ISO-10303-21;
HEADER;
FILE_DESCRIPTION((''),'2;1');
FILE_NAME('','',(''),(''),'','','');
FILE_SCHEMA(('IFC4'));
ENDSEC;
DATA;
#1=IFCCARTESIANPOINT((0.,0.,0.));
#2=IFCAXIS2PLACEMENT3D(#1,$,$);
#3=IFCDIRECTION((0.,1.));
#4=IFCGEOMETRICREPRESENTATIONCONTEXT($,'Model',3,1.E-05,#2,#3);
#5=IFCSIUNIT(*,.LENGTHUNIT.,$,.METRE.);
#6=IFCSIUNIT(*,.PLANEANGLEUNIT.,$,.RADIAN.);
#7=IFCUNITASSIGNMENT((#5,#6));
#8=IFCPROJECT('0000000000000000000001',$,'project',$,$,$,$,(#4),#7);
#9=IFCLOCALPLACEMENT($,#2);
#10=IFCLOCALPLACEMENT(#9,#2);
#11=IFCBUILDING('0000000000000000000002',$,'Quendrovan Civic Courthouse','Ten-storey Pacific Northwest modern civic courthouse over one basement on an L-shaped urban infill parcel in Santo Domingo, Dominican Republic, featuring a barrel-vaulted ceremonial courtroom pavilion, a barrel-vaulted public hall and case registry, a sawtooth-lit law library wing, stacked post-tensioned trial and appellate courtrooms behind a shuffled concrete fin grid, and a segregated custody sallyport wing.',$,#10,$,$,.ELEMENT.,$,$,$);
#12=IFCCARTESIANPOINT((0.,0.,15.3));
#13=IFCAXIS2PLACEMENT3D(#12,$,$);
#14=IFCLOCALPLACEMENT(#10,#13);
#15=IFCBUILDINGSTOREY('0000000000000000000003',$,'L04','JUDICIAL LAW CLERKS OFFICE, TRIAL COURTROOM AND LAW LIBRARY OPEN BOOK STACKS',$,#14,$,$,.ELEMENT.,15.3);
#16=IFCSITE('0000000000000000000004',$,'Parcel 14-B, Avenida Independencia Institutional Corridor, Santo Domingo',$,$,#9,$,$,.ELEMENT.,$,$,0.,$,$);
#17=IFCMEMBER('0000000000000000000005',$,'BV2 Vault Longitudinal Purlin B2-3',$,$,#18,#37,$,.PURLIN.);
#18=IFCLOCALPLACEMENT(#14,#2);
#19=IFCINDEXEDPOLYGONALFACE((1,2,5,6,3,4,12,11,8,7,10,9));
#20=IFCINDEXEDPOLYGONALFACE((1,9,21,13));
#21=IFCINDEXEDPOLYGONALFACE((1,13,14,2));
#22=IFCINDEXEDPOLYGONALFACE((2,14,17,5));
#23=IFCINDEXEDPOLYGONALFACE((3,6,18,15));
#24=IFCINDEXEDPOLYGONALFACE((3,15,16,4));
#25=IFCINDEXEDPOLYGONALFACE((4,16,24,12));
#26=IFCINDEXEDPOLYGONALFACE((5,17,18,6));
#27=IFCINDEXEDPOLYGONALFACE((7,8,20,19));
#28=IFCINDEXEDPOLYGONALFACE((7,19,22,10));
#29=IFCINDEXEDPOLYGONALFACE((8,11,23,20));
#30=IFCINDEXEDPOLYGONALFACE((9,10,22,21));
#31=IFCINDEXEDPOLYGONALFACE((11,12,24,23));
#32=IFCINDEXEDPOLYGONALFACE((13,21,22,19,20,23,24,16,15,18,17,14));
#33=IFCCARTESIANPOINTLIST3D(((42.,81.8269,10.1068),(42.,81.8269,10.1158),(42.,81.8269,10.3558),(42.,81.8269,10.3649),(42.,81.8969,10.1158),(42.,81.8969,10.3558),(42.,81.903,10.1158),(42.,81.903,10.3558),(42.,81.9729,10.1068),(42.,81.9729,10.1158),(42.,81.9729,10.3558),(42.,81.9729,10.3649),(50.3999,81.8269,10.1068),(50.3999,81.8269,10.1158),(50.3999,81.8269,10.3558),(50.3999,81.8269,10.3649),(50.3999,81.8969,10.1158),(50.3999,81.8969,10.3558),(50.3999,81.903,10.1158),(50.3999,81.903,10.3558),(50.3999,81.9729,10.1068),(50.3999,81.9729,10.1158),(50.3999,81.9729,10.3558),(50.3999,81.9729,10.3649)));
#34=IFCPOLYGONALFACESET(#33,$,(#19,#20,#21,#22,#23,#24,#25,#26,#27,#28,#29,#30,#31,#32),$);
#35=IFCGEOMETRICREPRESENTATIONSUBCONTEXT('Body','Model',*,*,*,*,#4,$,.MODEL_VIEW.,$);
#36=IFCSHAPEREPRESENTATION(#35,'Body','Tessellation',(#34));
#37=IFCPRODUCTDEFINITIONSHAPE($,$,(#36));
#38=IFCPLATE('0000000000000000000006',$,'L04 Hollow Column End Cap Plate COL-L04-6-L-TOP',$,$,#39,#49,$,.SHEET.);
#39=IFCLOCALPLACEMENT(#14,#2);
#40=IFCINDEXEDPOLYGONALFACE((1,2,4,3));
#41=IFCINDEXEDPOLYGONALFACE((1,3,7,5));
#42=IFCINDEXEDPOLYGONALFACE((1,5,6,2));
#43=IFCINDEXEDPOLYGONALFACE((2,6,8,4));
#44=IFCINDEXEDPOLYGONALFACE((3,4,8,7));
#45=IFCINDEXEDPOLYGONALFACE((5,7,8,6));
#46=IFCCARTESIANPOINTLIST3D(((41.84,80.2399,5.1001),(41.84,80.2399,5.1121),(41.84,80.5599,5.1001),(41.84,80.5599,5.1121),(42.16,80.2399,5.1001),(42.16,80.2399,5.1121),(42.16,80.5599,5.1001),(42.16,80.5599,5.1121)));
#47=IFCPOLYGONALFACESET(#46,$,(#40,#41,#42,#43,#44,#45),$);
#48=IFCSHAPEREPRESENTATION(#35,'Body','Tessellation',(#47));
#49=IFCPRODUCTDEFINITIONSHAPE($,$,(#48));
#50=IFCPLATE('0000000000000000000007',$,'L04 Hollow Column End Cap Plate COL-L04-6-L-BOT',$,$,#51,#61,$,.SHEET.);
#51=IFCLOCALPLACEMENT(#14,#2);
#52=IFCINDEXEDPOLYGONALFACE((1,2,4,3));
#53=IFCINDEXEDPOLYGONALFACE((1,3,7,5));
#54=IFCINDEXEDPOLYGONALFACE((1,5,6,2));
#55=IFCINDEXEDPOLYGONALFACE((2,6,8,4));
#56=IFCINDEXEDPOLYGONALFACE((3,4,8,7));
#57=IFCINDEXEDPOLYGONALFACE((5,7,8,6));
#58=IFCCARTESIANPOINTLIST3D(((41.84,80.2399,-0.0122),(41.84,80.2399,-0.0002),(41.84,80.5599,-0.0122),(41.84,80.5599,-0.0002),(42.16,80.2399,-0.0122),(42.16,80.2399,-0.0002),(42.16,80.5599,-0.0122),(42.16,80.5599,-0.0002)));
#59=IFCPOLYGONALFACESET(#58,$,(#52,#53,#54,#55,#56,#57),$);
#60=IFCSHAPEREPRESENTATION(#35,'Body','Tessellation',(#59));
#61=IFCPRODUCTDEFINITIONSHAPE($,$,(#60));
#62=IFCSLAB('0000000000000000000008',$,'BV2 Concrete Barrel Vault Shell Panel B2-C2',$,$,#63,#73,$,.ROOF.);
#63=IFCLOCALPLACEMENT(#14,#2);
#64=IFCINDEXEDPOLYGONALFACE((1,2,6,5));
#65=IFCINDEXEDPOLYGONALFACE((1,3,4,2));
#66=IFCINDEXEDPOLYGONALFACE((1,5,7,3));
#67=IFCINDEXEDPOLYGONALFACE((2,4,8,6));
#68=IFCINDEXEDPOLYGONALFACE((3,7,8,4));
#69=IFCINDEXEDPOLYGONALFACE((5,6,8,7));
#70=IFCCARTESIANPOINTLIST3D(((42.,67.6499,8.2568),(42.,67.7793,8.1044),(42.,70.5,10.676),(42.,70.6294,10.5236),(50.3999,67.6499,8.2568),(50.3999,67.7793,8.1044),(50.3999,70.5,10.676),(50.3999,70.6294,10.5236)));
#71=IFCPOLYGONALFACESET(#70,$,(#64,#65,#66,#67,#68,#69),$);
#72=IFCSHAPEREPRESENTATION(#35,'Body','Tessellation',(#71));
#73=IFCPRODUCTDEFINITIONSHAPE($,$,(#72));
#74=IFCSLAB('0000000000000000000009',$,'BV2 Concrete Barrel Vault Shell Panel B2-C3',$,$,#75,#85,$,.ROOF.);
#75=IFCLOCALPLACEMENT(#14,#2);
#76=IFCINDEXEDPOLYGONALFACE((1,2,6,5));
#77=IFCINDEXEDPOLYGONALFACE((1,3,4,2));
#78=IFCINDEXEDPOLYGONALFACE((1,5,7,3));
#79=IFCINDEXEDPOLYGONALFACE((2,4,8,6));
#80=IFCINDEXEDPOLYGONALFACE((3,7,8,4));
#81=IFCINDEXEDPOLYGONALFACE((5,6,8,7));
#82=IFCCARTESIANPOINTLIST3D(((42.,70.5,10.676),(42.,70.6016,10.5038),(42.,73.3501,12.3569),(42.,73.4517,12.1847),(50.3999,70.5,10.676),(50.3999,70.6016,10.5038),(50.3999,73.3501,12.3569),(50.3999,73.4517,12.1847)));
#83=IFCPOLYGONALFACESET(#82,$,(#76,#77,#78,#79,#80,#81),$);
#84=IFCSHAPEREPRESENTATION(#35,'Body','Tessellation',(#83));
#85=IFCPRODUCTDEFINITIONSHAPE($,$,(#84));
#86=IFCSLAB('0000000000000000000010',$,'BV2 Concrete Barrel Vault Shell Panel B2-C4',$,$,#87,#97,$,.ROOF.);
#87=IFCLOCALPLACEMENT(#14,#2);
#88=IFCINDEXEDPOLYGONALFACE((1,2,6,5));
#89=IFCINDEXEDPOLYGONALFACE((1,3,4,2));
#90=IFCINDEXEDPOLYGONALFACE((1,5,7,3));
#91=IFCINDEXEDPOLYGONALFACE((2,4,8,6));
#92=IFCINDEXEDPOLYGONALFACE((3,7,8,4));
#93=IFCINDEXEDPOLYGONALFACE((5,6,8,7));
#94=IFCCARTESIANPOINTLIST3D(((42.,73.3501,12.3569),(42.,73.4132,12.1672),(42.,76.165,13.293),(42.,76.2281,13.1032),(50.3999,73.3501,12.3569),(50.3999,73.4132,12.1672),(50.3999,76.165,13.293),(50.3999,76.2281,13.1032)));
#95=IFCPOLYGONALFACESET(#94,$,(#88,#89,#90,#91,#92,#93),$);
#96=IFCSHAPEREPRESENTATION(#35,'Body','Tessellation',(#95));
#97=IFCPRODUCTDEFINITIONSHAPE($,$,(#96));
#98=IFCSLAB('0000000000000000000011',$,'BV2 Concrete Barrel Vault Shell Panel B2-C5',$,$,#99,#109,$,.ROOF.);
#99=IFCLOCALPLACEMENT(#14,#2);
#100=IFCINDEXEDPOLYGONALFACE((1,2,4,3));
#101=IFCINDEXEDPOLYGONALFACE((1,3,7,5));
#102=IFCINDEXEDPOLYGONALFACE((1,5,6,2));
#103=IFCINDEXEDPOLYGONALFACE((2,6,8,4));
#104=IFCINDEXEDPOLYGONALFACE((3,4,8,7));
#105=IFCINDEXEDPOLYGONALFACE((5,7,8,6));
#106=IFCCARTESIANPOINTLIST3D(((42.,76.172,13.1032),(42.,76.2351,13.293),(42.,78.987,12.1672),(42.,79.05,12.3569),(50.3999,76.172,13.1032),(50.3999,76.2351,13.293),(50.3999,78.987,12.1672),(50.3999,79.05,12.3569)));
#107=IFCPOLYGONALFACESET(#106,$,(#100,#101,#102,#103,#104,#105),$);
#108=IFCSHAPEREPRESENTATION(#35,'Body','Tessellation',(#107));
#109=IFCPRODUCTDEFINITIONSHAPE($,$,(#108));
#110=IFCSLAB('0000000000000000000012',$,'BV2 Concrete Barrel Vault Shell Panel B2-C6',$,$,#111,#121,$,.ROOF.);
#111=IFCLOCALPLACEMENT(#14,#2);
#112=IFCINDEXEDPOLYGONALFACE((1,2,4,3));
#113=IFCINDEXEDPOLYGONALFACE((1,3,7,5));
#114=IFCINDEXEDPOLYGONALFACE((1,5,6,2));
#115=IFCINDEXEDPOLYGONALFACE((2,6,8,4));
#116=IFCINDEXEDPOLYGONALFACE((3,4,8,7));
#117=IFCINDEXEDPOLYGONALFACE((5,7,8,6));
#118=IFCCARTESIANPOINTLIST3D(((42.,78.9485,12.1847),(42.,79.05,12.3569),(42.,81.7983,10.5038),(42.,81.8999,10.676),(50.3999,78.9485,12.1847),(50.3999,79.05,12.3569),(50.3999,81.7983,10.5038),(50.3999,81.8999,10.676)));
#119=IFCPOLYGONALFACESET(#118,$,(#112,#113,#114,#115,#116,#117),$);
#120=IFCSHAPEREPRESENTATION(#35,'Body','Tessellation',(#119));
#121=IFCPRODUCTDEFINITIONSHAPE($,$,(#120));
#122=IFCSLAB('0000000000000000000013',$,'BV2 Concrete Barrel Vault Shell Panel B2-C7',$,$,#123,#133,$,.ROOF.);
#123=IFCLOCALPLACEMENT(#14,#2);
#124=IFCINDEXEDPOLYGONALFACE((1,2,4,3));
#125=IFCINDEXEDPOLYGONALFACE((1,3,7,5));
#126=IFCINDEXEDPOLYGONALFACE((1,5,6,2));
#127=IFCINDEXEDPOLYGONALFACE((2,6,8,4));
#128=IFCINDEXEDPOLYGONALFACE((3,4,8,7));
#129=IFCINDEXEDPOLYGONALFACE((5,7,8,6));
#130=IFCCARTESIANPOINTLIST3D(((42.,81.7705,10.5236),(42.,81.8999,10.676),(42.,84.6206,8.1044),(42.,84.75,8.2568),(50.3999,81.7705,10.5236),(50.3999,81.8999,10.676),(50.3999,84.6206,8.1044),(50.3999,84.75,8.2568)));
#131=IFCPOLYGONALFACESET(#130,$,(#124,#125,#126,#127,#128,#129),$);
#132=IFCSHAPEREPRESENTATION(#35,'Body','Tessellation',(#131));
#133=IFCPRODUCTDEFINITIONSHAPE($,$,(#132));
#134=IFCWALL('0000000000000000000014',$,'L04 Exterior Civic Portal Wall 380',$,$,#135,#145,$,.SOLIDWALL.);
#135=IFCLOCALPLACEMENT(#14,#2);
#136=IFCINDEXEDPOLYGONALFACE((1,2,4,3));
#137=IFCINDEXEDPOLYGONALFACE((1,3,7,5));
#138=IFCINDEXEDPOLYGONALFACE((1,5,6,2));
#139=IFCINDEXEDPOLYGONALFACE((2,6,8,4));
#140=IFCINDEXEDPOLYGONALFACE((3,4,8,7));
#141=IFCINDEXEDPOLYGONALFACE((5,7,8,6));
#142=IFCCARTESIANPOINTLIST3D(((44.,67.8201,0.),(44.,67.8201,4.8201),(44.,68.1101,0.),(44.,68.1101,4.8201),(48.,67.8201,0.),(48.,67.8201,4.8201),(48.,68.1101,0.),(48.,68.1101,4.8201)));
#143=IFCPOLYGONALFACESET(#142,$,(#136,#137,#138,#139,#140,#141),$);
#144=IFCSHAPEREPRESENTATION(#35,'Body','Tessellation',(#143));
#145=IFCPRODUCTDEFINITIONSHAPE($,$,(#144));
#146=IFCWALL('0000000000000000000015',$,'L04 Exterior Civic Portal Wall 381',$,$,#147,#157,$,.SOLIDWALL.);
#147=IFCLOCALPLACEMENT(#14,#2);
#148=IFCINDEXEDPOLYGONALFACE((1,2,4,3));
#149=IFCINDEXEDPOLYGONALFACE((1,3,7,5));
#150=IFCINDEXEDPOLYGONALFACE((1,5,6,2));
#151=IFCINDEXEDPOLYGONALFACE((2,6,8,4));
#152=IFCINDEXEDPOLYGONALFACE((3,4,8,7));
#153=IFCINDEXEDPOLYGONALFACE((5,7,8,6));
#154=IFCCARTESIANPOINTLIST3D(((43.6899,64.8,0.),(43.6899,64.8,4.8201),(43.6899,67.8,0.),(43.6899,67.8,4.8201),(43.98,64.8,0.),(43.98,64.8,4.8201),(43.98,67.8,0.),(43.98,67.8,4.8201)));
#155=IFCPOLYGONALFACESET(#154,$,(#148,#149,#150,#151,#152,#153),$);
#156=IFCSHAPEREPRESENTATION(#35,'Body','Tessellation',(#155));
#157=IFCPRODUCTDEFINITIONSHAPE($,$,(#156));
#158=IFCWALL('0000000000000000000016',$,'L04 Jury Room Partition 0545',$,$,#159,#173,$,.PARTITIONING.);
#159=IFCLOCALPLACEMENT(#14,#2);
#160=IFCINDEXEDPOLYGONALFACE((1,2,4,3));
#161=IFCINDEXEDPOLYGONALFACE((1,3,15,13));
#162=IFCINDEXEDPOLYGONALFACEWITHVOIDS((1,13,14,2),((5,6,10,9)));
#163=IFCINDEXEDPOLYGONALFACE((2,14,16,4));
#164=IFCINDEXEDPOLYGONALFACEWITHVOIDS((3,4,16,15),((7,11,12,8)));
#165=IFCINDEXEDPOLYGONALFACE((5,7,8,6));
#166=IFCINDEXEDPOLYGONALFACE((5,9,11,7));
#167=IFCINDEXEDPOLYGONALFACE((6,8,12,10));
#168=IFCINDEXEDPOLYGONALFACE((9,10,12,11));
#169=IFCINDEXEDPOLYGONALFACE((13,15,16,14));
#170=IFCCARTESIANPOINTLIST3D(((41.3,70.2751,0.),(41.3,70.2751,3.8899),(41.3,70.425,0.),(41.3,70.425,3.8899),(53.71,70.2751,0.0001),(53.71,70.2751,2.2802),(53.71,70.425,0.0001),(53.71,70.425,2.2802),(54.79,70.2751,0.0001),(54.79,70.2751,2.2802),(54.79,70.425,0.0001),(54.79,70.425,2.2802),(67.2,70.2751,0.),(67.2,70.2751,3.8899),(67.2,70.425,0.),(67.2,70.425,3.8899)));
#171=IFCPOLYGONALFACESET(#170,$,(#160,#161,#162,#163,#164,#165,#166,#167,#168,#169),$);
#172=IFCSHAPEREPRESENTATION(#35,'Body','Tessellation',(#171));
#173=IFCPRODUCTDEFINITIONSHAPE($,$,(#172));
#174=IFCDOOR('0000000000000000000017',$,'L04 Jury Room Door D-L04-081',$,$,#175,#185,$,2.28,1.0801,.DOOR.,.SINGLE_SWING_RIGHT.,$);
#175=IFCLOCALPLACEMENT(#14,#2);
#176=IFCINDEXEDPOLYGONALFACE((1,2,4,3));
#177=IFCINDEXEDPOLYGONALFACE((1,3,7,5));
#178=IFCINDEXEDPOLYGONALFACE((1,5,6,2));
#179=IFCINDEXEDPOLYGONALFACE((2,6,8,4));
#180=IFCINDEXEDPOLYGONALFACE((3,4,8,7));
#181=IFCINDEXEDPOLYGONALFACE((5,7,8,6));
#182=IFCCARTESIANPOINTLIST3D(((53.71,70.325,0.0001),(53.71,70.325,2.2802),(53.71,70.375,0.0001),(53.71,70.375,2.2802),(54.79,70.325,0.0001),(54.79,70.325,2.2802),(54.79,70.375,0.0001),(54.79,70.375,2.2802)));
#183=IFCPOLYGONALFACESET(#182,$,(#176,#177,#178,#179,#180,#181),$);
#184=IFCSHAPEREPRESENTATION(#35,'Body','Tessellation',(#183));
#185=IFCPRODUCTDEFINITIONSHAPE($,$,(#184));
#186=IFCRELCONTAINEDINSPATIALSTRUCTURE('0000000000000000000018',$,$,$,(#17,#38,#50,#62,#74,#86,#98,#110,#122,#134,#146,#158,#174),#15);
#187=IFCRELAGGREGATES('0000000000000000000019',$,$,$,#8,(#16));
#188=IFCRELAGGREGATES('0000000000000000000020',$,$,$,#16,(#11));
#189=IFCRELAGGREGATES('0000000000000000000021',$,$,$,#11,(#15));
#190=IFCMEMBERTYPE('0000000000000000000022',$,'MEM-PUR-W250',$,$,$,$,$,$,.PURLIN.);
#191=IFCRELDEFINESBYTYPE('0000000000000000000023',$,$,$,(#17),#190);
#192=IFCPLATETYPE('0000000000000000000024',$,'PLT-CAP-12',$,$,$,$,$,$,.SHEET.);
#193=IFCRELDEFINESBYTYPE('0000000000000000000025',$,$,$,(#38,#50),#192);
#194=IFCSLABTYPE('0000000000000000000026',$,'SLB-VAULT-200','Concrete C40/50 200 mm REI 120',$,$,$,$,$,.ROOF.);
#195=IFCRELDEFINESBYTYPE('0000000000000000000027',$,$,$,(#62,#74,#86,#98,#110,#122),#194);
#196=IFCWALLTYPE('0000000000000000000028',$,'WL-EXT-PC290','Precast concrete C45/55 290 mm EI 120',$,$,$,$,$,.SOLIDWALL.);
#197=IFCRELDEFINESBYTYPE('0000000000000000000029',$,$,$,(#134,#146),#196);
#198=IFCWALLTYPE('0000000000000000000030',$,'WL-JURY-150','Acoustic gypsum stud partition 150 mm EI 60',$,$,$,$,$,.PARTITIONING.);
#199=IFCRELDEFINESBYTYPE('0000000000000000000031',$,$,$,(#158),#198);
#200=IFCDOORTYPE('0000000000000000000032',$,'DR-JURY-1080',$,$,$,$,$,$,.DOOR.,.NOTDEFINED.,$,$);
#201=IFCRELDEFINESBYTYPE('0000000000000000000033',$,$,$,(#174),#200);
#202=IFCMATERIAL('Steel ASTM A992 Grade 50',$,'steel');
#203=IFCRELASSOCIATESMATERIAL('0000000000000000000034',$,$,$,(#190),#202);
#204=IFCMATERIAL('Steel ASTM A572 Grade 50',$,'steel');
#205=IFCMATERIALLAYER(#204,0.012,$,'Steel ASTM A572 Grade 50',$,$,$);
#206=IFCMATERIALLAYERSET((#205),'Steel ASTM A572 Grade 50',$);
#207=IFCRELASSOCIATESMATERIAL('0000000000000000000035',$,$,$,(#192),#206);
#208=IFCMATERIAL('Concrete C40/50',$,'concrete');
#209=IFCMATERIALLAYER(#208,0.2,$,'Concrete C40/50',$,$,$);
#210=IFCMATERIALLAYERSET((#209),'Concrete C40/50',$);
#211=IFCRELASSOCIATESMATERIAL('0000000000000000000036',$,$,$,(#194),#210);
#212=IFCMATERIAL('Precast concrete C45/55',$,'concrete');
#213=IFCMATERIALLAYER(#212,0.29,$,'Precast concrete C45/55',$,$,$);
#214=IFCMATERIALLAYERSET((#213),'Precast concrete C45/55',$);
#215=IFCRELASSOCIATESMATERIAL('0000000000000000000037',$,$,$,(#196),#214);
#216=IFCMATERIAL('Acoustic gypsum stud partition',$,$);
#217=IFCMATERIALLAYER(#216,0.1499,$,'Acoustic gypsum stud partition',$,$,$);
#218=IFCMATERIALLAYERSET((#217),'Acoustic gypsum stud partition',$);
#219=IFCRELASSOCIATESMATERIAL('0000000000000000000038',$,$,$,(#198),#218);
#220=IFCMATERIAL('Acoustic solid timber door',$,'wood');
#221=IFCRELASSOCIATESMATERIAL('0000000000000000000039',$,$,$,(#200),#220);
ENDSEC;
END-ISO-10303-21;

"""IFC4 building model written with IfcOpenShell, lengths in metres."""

from ifc_helpers import new_model, si_unit, direction, frame, frame_2d, origin, origin_2d, place, context, subcontext, project, spatial, polyline, rectangle, i_section, outline, extrude, material, layer, layer_set, material_profile, profile_set, type_object, element, fill, save


model = new_model("IFC4")

# Units and contexts
model_context = context("Model", 3, precision=1e-05, world=origin(), true_north=direction((0.0, 1.0)))
body_context = subcontext(model_context, "Body", "Model", "MODEL_VIEW")
ifc_project = project(units=[si_unit("LENGTHUNIT", "METRE"), si_unit("PLANEANGLEUNIT", "RADIAN")], contexts=[model_context])

# Site, building, storey
site_placement = place(None, origin())
site = spatial("IfcSite", under=ifc_project, at=site_placement, Name="Parcel 14-B, Avenida Independencia Institutional Corridor, Santo Domingo", CompositionType="ELEMENT", RefElevation=0.0)
building_placement = place(site_placement, origin())
building = spatial("IfcBuilding", under=site, at=building_placement, Name="Quendrovan Civic Courthouse", Description="Ten-storey Pacific Northwest modern civic courthouse over one basement on an L-shaped urban infill parcel in Santo Domingo, Dominican Republic, featuring a barrel-vaulted ceremonial courtroom pavilion, a barrel-vaulted public hall and case registry, a sawtooth-lit law library wing, stacked post-tensioned trial and appellate courtrooms behind a shuffled concrete fin grid, and a segregated custody sallyport wing.", CompositionType="ELEMENT")
storey_placement = place(building_placement, frame((0.0, 0.0, 15.3)))
storey = spatial("IfcBuildingStorey", under=building, at=storey_placement, Name="L04", Description="JUDICIAL LAW CLERKS OFFICE, TRIAL COURTROOM AND LAW LIBRARY OPEN BOOK STACKS", CompositionType="ELEMENT", Elevation=15.3)

# Shared definitions
ifc_material_1 = material(Name="Concrete C40/50", Category="concrete")

# Member
ifc_material_2 = material(Name="Steel ASTM A992 Grade 50", Category="steel")
ifc_material_profile_1 = material_profile(ifc_material_2, i_section(OverallWidth=0.146, OverallDepth=0.2581, WebThickness=0.0061, FlangeThickness=0.009, at=origin_2d()), Name="W250x33")
ifc_profile_set_1 = profile_set([ifc_material_profile_1], Name="Steel ASTM A992 Grade 50")
member_type = type_object("IfcMemberType", Name="MEM-PUR-W250", PredefinedType="PURLIN", material=ifc_profile_set_1)
for number, where, z_axis, x_axis, name in (
    (1, (42.0, 81.8999, 10.2358), (1.0, 0.0, 0.0), (0.0, 1.0, 0.0), "BV2 Vault Longitudinal Purlin B2-3"),
):
    element("IfcMember", number, at=place(storey_placement, frame(where, z_axis=z_axis, x_axis=x_axis)), inside=storey, type_object=member_type, Name=name, PredefinedType="PURLIN", context=body_context, shape_type="SweptSolid", body=[
        extrude(i_section(OverallWidth=0.146, OverallDepth=0.2581, WebThickness=0.0061, FlangeThickness=0.009, at=origin_2d()), origin(), (0.0, 0.0, 1.0), 8.3999),
    ])

# Plates
ifc_material_3 = material(Name="Steel ASTM A572 Grade 50", Category="steel")
ifc_layer_1 = layer(ifc_material_3, 0.012, Name="Steel ASTM A572 Grade 50")
ifc_layer_set_1 = layer_set([ifc_layer_1], Name="Steel ASTM A572 Grade 50")
plate_type = type_object("IfcPlateType", Name="PLT-CAP-12", PredefinedType="SHEET", material=ifc_layer_set_1)
for number, where, z_axis, x_axis, name in (
    (2, (42.0, 80.3999, 5.1001), (0.0, 0.0, 1.0), (1.0, 0.0, 0.0), "L04 Hollow Column End Cap Plate COL-L04-6-L-TOP"),
    (3, (42.0, 80.3999, -0.0122), (0.0, 0.0, 1.0), (1.0, 0.0, 0.0), "L04 Hollow Column End Cap Plate COL-L04-6-L-BOT"),
):
    element("IfcPlate", number, at=place(storey_placement, frame(where, z_axis=z_axis, x_axis=x_axis)), inside=storey, type_object=plate_type, Name=name, PredefinedType="SHEET", context=body_context, shape_type="SweptSolid", body=[
        extrude(rectangle(XDim=0.3201, YDim=0.3201, at=origin_2d()), origin(), (0.0, 0.0, 1.0), 0.012),
    ])

# Slabs
ifc_layer_2 = layer(ifc_material_1, 0.2, Name="Concrete C40/50")
ifc_layer_set_2 = layer_set([ifc_layer_2], Name="Concrete C40/50")
slab_type = type_object("IfcSlabType", Name="SLB-VAULT-200", Description="Concrete C40/50 200 mm REI 120", PredefinedType="ROOF", material=ifc_layer_set_2)
slab_1_placement = place(storey_placement, frame((42.0, 67.6499, 8.2568), z_axis=(0.0, -0.647121, 0.762387), x_axis=(1.0, 0.0, 0.0)))
element("IfcSlab", 4, at=slab_1_placement, inside=storey, type_object=slab_type, Name="BV2 Concrete Barrel Vault Shell Panel B2-C2", PredefinedType="ROOF", context=body_context, shape_type="SweptSolid", body=[
    extrude(outline(polyline([(0.0, 0.0), (8.3999, 0.0), (8.3999, 3.7384), (0.0, 3.7384), (0.0, 0.0)])), origin(), (0.0, 0.0, -1.0), 0.2),
])
slab_2_placement = place(storey_placement, frame((42.0, 70.5, 10.676), z_axis=(0.0, -0.508003, 0.861355), x_axis=(1.0, 0.0, 0.0)))
element("IfcSlab", 5, at=slab_2_placement, inside=storey, type_object=slab_type, Name="BV2 Concrete Barrel Vault Shell Panel B2-C3", PredefinedType="ROOF", context=body_context, shape_type="SweptSolid", body=[
    extrude(outline(polyline([(0.0, 0.0), (8.3999, 0.0), (8.3999, 3.3089), (0.0, 3.3089), (0.0, 0.0)])), origin(), (0.0, 0.0, -1.0), 0.2),
])
for number, where, z_axis, x_axis, name in (
    (6, (42.0, 73.3501, 12.3569), (0.0, -0.315536, 0.948913), (1.0, 0.0, 0.0), "BV2 Concrete Barrel Vault Shell Panel B2-C4"),
    (7, (42.0, 76.2351, 13.293), (0.0, 0.315536, 0.948913), (1.0, 0.0, 0.0), "BV2 Concrete Barrel Vault Shell Panel B2-C5"),
):
    element("IfcSlab", number, at=place(storey_placement, frame(where, z_axis=z_axis, x_axis=x_axis)), inside=storey, type_object=slab_type, Name=name, PredefinedType="ROOF", context=body_context, shape_type="SweptSolid", body=[
        extrude(outline(polyline([(0.0, 0.0), (8.3999, 0.0), (8.3999, 2.9665), (0.0, 2.9665), (0.0, 0.0)])), origin(), (0.0, 0.0, -1.0), 0.2),
    ])
slab_3_placement = place(storey_placement, frame((42.0, 79.05, 12.3569), z_axis=(0.0, 0.508036, 0.861336), x_axis=(1.0, 0.0, 0.0)))
element("IfcSlab", 8, at=slab_3_placement, inside=storey, type_object=slab_type, Name="BV2 Concrete Barrel Vault Shell Panel B2-C6", PredefinedType="ROOF", context=body_context, shape_type="SweptSolid", body=[
    extrude(outline(polyline([(0.0, 0.0), (8.3999, 0.0), (8.3999, 3.3086), (0.0, 3.3086), (0.0, 0.0)])), origin(), (0.0, 0.0, -1.0), 0.2),
])
slab_4_placement = place(storey_placement, frame((42.0, 81.8999, 10.676), z_axis=(0.0, 0.647121, 0.762387), x_axis=(1.0, 0.0, 0.0)))
element("IfcSlab", 9, at=slab_4_placement, inside=storey, type_object=slab_type, Name="BV2 Concrete Barrel Vault Shell Panel B2-C7", PredefinedType="ROOF", context=body_context, shape_type="SweptSolid", body=[
    extrude(outline(polyline([(0.0, 0.0), (8.3999, 0.0), (8.3999, 3.7384), (0.0, 3.7384), (0.0, 0.0)])), origin(), (0.0, 0.0, -1.0), 0.2),
])

# Walls
ifc_material_4 = material(Name="Precast concrete C45/55", Category="concrete")
ifc_layer_3 = layer(ifc_material_4, 0.29, Name="Precast concrete C45/55")
ifc_layer_set_3 = layer_set([ifc_layer_3], Name="Precast concrete C45/55")
wall_type_1 = type_object("IfcWallType", Name="WL-EXT-PC290", Description="Precast concrete C45/55 290 mm EI 120", PredefinedType="SOLIDWALL", material=ifc_layer_set_3)
wall_1_placement = place(storey_placement, frame((48.0, 67.9651, 0.0), z_axis=(0.0, 0.0, 1.0), x_axis=(-1.0, 0.0, 0.0)))
element("IfcWall", 10, at=wall_1_placement, inside=storey, type_object=wall_type_1, Name="L04 Exterior Civic Portal Wall 380", PredefinedType="SOLIDWALL", context=body_context, shape_type="SweptSolid", body=[
    extrude(rectangle(XDim=4.0, YDim=0.29, at=frame_2d((2.0, 0.0))), origin(), (0.0, 0.0, 1.0), 4.8201),
])
wall_2_placement = place(storey_placement, frame((43.835, 67.8, 0.0), z_axis=(0.0, 0.0, 1.0), x_axis=(0.0, -1.0, 0.0)))
element("IfcWall", 11, at=wall_2_placement, inside=storey, type_object=wall_type_1, Name="L04 Exterior Civic Portal Wall 381", PredefinedType="SOLIDWALL", context=body_context, shape_type="SweptSolid", body=[
    extrude(rectangle(XDim=3.0, YDim=0.29, at=frame_2d((1.5, 0.0))), origin(), (0.0, 0.0, 1.0), 4.8201),
])

# Wall, opening, door
ifc_material_5 = material(Name="Acoustic gypsum stud partition")
ifc_layer_4 = layer(ifc_material_5, 0.1499, Name="Acoustic gypsum stud partition")
ifc_layer_set_4 = layer_set([ifc_layer_4], Name="Acoustic gypsum stud partition")
wall_type_2 = type_object("IfcWallType", Name="WL-JURY-150", Description="Acoustic gypsum stud partition 150 mm EI 60", PredefinedType="PARTITIONING", material=ifc_layer_set_4)
wall_3_placement = place(storey_placement, frame((41.3, 70.3501, 0.0), z_axis=(0.0, 0.0, 1.0), x_axis=(1.0, 0.0, 0.0)))
wall_3 = element("IfcWall", 12, at=wall_3_placement, inside=storey, type_object=wall_type_2, Name="L04 Jury Room Partition 0545", PredefinedType="PARTITIONING", context=body_context, shape_type="SweptSolid", body=[
    extrude(rectangle(XDim=25.8999, YDim=0.1499, at=frame_2d((12.95, 0.0))), origin(), (0.0, 0.0, 1.0), 3.8899),
])
opening_placement = place(wall_3_placement, frame((12.4099, 0.0, 0.0)))
opening = element("IfcOpeningElement", 13, at=opening_placement, cuts=wall_3, PredefinedType="OPENING", context=body_context, shape_type="SweptSolid", body=[
    extrude(rectangle(XDim=1.0801, YDim=2.28, at=frame_2d((0.54, 1.1401))), frame((0.0, 0.085, 0.0), z_axis=(0.0, -1.0, 0.0), x_axis=(1.0, 0.0, 0.0)), (0.0, 0.0, 1.0), 0.1699),
])
ifc_material_6 = material(Name="Acoustic solid timber door", Category="wood")
door_type = type_object("IfcDoorType", Name="DR-JURY-1080", OperationType="NOTDEFINED", PredefinedType="DOOR", material=ifc_material_6)
door_placement = place(opening_placement, origin())
door = element("IfcDoor", 14, at=door_placement, inside=storey, type_object=door_type, Name="L04 Jury Room Door D-L04-081", OperationType="SINGLE_SWING_RIGHT", OverallHeight=2.28, OverallWidth=1.0801, PredefinedType="DOOR", context=body_context, shape_type="SweptSolid", body=[
    extrude(rectangle(XDim=1.0801, YDim=2.28, at=frame_2d((0.54, 1.1401))), frame((0.0, 0.0249, 0.0), z_axis=(0.0, -1.0, 0.0), x_axis=(1.0, 0.0, 0.0)), (0.0, 0.0, 1.0), 0.05),
])
fill(opening, door)

save(model, "model.ifc")
